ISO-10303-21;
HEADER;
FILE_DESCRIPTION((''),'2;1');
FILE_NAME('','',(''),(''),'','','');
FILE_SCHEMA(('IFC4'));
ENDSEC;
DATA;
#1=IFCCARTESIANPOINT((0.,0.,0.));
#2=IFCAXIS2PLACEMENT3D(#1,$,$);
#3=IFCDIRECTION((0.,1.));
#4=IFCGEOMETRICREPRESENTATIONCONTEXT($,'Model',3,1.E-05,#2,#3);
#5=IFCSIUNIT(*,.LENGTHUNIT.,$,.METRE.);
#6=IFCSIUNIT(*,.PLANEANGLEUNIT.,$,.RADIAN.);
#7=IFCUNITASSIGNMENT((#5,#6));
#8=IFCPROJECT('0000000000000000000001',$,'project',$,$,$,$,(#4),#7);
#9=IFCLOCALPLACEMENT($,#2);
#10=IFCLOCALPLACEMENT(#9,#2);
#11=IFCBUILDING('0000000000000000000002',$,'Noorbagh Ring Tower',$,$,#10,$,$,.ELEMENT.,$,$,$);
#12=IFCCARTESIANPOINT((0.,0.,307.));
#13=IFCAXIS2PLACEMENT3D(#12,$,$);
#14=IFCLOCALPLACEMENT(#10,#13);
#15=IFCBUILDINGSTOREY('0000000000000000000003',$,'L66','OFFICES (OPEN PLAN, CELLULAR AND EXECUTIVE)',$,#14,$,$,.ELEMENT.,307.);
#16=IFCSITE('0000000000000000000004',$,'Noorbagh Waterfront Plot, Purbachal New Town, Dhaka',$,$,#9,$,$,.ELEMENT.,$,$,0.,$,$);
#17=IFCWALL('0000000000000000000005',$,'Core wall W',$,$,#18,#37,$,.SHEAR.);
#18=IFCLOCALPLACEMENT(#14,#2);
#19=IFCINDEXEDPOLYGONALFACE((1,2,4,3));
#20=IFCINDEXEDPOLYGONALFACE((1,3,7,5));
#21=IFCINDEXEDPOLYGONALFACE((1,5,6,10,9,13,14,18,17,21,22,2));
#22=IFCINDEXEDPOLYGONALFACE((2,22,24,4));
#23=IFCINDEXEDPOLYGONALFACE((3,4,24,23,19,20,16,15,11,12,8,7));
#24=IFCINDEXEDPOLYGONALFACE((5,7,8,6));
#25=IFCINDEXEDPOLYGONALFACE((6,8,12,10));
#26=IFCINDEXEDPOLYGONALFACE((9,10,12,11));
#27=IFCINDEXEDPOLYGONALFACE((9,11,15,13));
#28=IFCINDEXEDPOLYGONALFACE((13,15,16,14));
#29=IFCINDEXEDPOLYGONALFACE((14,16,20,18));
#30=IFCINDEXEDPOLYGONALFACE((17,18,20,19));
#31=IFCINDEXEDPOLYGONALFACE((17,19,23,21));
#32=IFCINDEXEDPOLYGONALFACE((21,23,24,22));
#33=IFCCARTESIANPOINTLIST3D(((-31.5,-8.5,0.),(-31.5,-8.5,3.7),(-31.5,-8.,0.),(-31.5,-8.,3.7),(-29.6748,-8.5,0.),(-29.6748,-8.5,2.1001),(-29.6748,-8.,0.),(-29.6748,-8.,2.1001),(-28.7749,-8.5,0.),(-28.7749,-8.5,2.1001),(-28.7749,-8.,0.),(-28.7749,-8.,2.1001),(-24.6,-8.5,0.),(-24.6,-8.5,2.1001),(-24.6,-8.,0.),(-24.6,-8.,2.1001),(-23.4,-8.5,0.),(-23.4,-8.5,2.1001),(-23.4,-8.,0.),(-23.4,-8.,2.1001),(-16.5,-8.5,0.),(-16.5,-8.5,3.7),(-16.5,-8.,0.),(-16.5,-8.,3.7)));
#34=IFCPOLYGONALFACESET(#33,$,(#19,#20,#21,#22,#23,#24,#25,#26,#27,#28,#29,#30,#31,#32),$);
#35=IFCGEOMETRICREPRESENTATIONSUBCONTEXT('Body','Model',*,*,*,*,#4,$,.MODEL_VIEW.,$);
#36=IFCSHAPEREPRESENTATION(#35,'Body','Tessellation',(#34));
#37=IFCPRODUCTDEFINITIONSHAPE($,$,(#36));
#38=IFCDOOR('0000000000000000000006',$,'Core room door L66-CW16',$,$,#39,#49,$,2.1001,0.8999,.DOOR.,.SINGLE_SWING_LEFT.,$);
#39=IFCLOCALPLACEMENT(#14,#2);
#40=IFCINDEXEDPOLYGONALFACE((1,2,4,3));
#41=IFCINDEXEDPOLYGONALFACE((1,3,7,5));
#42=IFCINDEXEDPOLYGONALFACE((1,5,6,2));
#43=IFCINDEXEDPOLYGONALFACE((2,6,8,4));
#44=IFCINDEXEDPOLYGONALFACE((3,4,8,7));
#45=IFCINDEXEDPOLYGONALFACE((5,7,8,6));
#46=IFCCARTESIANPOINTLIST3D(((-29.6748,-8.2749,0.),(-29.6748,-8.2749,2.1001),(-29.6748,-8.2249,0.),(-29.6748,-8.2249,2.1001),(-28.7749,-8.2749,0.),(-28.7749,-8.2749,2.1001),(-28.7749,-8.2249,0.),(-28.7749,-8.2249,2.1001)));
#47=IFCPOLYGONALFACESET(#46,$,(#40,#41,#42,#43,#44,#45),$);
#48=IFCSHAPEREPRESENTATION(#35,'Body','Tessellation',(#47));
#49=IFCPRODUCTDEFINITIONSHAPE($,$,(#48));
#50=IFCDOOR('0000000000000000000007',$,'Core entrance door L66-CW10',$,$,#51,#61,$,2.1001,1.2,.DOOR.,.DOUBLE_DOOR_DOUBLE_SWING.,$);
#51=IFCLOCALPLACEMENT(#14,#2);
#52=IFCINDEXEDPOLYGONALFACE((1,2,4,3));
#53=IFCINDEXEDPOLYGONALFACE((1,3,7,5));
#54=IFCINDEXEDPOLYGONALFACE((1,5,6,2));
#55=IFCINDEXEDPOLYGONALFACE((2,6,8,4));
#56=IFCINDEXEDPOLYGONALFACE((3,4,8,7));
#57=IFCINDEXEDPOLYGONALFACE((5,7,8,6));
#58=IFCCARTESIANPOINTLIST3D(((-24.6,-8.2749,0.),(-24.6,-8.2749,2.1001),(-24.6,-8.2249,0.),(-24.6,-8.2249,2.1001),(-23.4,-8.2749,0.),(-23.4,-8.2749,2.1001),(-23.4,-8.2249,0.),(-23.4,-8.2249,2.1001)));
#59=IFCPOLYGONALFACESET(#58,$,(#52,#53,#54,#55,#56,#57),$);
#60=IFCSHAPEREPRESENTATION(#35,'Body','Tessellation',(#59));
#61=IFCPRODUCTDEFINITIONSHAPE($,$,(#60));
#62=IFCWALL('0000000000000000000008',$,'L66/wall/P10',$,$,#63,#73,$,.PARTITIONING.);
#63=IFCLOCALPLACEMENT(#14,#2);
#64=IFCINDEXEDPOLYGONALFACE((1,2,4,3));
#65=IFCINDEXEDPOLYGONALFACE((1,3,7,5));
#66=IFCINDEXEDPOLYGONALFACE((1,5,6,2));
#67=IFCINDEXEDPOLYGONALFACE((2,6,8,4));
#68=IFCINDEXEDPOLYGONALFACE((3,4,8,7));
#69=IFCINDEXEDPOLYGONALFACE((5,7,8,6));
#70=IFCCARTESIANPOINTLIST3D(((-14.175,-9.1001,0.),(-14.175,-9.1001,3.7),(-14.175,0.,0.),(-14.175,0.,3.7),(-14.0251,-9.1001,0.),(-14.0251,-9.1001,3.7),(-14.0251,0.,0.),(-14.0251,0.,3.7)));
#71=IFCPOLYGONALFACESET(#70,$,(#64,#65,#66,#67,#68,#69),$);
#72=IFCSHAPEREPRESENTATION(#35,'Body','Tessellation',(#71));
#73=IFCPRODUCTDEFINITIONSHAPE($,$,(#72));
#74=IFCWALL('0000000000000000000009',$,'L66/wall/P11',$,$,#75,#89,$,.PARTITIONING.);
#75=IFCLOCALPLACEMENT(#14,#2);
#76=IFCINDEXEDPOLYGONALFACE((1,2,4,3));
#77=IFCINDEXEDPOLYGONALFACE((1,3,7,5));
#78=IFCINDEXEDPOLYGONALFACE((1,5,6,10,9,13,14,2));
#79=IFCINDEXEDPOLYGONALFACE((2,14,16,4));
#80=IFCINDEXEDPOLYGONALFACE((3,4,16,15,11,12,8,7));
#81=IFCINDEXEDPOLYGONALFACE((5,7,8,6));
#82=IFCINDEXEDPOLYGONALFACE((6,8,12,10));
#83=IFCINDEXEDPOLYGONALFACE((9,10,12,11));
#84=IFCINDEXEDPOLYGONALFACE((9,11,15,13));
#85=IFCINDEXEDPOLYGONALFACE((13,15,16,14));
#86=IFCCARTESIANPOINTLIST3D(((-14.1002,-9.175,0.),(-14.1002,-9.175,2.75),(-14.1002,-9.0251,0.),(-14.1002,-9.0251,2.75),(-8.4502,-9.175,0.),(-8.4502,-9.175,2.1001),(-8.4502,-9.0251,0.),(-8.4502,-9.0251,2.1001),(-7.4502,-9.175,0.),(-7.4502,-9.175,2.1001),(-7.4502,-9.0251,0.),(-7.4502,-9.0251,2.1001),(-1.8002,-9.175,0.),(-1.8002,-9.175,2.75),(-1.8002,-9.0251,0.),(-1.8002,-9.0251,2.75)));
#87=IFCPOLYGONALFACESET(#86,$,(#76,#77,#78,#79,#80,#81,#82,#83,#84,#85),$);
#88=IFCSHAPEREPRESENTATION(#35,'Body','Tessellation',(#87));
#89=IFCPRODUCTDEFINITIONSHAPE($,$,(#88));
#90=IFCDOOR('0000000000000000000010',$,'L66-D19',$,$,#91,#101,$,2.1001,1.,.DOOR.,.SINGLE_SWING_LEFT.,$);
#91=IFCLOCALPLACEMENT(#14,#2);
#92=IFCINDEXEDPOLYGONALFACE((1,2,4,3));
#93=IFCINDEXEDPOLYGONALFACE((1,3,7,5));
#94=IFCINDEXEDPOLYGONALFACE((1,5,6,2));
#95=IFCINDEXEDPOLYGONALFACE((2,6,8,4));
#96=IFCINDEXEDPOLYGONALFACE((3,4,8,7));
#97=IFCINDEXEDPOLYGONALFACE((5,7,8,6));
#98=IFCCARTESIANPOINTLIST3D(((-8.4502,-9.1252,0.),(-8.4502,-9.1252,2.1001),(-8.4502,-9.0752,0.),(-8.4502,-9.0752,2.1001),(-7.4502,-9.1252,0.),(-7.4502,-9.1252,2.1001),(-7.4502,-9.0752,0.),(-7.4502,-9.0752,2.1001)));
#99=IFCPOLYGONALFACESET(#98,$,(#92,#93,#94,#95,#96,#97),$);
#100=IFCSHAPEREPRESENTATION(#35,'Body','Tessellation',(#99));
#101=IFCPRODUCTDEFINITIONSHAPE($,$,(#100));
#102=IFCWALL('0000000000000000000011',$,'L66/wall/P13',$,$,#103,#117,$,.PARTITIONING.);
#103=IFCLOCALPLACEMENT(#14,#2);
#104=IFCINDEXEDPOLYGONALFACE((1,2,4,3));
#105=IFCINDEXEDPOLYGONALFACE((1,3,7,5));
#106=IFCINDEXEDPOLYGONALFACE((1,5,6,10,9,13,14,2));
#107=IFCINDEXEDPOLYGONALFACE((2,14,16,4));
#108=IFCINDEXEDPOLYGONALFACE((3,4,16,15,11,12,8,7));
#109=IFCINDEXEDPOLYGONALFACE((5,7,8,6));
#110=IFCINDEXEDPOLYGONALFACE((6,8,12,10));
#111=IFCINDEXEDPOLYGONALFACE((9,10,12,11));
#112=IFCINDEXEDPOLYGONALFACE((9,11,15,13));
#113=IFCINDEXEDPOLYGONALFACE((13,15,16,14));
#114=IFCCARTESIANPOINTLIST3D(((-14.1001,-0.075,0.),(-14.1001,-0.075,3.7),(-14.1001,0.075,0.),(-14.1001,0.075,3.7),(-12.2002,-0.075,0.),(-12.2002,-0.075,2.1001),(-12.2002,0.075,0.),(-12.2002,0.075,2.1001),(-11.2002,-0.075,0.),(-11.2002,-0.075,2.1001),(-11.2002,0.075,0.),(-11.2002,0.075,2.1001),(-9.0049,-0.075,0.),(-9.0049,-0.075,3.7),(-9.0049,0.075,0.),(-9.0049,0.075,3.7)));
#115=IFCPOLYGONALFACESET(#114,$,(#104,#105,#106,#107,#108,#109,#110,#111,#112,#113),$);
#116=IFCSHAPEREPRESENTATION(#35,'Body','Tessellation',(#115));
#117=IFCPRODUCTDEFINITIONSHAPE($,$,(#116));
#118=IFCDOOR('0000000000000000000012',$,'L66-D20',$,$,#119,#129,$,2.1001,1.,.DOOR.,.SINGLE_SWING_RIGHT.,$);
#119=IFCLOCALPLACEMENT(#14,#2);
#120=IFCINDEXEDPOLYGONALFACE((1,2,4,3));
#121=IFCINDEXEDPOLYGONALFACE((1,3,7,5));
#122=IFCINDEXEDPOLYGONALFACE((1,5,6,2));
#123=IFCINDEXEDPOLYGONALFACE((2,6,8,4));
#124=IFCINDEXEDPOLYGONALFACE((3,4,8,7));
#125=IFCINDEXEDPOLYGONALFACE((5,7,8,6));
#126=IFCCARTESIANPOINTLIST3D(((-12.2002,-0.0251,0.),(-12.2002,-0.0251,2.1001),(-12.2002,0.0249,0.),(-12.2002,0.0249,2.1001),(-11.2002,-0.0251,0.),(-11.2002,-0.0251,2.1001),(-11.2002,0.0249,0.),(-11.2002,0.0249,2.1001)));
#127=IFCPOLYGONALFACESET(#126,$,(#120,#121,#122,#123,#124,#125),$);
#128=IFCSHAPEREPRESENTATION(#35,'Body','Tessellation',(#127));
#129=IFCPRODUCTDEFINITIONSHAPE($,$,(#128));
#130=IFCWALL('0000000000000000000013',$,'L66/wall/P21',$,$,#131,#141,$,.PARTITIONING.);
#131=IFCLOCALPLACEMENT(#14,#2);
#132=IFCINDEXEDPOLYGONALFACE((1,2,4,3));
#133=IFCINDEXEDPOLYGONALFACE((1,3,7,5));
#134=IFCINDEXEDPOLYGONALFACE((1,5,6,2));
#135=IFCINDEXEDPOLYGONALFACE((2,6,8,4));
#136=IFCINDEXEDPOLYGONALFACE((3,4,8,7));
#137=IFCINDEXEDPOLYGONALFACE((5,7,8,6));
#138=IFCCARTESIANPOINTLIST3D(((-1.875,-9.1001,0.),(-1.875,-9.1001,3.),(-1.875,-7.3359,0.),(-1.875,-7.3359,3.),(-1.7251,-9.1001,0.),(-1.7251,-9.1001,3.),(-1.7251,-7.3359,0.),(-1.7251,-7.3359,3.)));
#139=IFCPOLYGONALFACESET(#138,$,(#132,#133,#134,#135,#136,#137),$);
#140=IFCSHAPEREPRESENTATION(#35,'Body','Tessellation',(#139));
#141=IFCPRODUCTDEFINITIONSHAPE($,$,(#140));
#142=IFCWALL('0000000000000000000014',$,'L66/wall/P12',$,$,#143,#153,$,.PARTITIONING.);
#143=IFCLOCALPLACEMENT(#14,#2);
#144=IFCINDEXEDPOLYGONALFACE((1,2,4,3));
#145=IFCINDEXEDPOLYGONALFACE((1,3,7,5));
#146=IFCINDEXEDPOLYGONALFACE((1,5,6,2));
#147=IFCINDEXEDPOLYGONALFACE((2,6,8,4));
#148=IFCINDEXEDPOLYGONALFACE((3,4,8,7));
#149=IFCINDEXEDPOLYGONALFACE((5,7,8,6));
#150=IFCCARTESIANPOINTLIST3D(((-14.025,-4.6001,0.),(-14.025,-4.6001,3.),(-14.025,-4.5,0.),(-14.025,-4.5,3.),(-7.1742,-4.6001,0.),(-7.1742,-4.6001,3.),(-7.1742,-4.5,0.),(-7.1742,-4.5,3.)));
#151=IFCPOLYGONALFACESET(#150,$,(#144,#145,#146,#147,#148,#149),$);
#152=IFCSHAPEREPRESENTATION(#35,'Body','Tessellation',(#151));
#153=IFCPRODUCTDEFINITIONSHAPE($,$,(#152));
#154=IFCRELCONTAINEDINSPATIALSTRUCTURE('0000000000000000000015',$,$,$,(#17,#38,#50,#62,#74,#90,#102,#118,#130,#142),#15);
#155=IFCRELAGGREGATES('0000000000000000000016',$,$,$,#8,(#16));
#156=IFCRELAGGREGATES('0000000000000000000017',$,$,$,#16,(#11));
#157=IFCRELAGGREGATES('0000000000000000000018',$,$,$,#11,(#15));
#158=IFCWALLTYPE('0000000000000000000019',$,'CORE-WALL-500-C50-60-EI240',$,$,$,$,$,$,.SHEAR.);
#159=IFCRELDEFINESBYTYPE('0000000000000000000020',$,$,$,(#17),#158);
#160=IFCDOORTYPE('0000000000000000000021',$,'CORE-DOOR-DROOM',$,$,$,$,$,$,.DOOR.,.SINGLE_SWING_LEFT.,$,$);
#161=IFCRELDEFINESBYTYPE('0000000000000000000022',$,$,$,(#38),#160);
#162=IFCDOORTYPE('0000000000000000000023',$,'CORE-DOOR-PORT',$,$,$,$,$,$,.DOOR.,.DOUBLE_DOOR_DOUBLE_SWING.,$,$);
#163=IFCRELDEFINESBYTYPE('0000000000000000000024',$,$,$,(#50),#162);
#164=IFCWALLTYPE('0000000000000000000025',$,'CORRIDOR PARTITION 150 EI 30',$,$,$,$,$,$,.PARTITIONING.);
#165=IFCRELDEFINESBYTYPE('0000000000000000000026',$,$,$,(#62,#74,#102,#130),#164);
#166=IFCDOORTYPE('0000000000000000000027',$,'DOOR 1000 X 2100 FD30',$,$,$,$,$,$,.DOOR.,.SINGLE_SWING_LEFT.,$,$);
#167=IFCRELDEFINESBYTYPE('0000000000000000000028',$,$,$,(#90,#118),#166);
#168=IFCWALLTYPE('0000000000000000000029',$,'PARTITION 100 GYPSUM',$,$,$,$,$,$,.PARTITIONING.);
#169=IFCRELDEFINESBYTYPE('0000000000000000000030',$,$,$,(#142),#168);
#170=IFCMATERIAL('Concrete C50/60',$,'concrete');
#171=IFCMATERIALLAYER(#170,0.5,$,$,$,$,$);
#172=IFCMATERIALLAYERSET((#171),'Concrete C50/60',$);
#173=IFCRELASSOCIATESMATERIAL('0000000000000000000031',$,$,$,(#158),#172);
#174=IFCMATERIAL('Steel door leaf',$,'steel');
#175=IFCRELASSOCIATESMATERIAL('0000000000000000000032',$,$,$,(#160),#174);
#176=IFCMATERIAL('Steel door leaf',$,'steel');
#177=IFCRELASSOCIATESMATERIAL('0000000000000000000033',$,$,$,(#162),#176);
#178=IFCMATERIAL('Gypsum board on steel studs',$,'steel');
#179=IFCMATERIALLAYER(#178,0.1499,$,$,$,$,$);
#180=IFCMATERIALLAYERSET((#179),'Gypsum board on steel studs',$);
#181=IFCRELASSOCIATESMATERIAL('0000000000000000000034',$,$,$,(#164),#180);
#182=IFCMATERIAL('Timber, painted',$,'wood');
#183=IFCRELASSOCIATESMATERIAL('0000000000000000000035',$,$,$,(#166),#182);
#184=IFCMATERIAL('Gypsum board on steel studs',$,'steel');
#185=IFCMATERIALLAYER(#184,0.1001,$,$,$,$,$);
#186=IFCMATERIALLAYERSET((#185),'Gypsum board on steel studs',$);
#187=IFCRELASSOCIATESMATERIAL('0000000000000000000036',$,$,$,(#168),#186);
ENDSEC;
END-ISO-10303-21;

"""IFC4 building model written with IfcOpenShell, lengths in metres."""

from ifc_helpers import new_model, si_unit, direction, frame, frame_2d, origin, place, context, subcontext, project, spatial, rectangle, extrude, material, layer, layer_set, type_object, element, fill, save


model = new_model("IFC4")

# Units and contexts
model_context = context("Model", 3, precision=1e-05, world=origin(), true_north=direction((0.0, 1.0)))
body_context = subcontext(model_context, "Body", "Model", "MODEL_VIEW")
ifc_project = project(units=[si_unit("LENGTHUNIT", "METRE"), si_unit("PLANEANGLEUNIT", "RADIAN")], contexts=[model_context])

# Site, building, storey
site_placement = place(None, origin())
site = spatial("IfcSite", under=ifc_project, at=site_placement, Name="Noorbagh Waterfront Plot, Purbachal New Town, Dhaka", CompositionType="ELEMENT", RefElevation=0.0)
building_placement = place(site_placement, origin())
building = spatial("IfcBuilding", under=site, at=building_placement, Name="Noorbagh Ring Tower", CompositionType="ELEMENT")
storey_placement = place(building_placement, frame((0.0, 0.0, 307.0)))
storey = spatial("IfcBuildingStorey", under=building, at=storey_placement, Name="L66", Description="OFFICES (OPEN PLAN, CELLULAR AND EXECUTIVE)", CompositionType="ELEMENT", Elevation=307.0)

# Wall, openings, doors
ifc_material_1 = material(Name="Concrete C50/60", Category="concrete")
ifc_layer_1 = layer(ifc_material_1, 0.5)
ifc_layer_set_1 = layer_set([ifc_layer_1], Name="Concrete C50/60")
wall_type_1 = type_object("IfcWallType", Name="CORE-WALL-500-C50-60-EI240", PredefinedType="SHEAR", material=ifc_layer_set_1)
wall_1_placement = place(storey_placement, frame((-16.5, -8.25, 0.0), z_axis=(0.0, 0.0, 1.0), x_axis=(-1.0, 0.0, 0.0)))
wall_1 = element("IfcWall", 1, at=wall_1_placement, inside=storey, type_object=wall_type_1, Name="Core wall W", PredefinedType="SHEAR", context=body_context, shape_type="SweptSolid", body=[
    extrude(rectangle(XDim=15.0, YDim=0.5, at=frame_2d((7.5, 0.0))), origin(), (0.0, 0.0, 1.0), 3.7),
])
opening_1_placement = place(wall_1_placement, frame((6.8999, 0.0, 0.0)))
opening_1 = element("IfcOpeningElement", 2, at=opening_1_placement, cuts=wall_1, PredefinedType="OPENING", context=body_context, shape_type="SweptSolid", body=[
    extrude(rectangle(XDim=1.2, YDim=2.1001, at=frame_2d((0.6001, 1.05))), frame((0.0, 0.26, 0.0), z_axis=(0.0, -1.0, 0.0), x_axis=(1.0, 0.0, 0.0)), (0.0, 0.0, 1.0), 0.52),
])
opening_2_placement = place(wall_1_placement, frame((12.2749, 0.0, 0.0)))
opening_2 = element("IfcOpeningElement", 3, at=opening_2_placement, cuts=wall_1, PredefinedType="OPENING", context=body_context, shape_type="SweptSolid", body=[
    extrude(rectangle(XDim=0.8999, YDim=2.1001, at=frame_2d((0.45, 1.05))), frame((0.0, 0.26, 0.0), z_axis=(0.0, -1.0, 0.0), x_axis=(1.0, 0.0, 0.0)), (0.0, 0.0, 1.0), 0.52),
])
ifc_material_2 = material(Name="Steel door leaf", Category="steel")
door_type_1 = type_object("IfcDoorType", Name="CORE-DOOR-DROOM", OperationType="SINGLE_SWING_LEFT", PredefinedType="DOOR", material=ifc_material_2)
door_1_placement = place(opening_2_placement, origin())
door_1 = element("IfcDoor", 4, at=door_1_placement, inside=storey, type_object=door_type_1, Name="Core room door L66-CW16", OperationType="SINGLE_SWING_LEFT", OverallHeight=2.1001, OverallWidth=0.8999, PredefinedType="DOOR", context=body_context, shape_type="SweptSolid", body=[
    extrude(rectangle(XDim=0.8999, YDim=2.1001, at=frame_2d((0.45, 1.05))), frame((0.0, 0.0249, 0.0), z_axis=(0.0, -1.0, 0.0), x_axis=(1.0, 0.0, 0.0)), (0.0, 0.0, 1.0), 0.05),
])
fill(opening_2, door_1)
ifc_material_3 = material(Name="Steel door leaf", Category="steel")
door_type_2 = type_object("IfcDoorType", Name="CORE-DOOR-PORT", OperationType="DOUBLE_DOOR_DOUBLE_SWING", PredefinedType="DOOR", material=ifc_material_3)
door_2_placement = place(opening_1_placement, origin())
door_2 = element("IfcDoor", 5, at=door_2_placement, inside=storey, type_object=door_type_2, Name="Core entrance door L66-CW10", OperationType="DOUBLE_DOOR_DOUBLE_SWING", OverallHeight=2.1001, OverallWidth=1.2, PredefinedType="DOOR", context=body_context, shape_type="SweptSolid", body=[
    extrude(rectangle(XDim=1.2, YDim=2.1001, at=frame_2d((0.6001, 1.05))), frame((0.0, 0.0249, 0.0), z_axis=(0.0, -1.0, 0.0), x_axis=(1.0, 0.0, 0.0)), (0.0, 0.0, 1.0), 0.05),
])
fill(opening_1, door_2)

# Wall
ifc_material_4 = material(Name="Gypsum board on steel studs", Category="steel")
ifc_layer_2 = layer(ifc_material_4, 0.1499)
ifc_layer_set_2 = layer_set([ifc_layer_2], Name="Gypsum board on steel studs")
wall_type_2 = type_object("IfcWallType", Name="CORRIDOR PARTITION 150 EI 30", PredefinedType="PARTITIONING", material=ifc_layer_set_2)
wall_2_placement = place(storey_placement, frame((-14.1001, -9.1001, 0.0), z_axis=(0.0, 0.0, 1.0), x_axis=(0.0, 1.0, 0.0)))
element("IfcWall", 6, at=wall_2_placement, inside=storey, type_object=wall_type_2, Name="L66/wall/P10", PredefinedType="PARTITIONING", context=body_context, shape_type="SweptSolid", body=[
    extrude(rectangle(XDim=9.1001, YDim=0.1499, at=frame_2d((4.55, 0.0))), origin(), (0.0, 0.0, 1.0), 3.7),
])

# Walls, openings, doors
wall_3_placement = place(storey_placement, frame((-14.1001, -9.1001, 0.0), z_axis=(0.0, 0.0, 1.0), x_axis=(1.0, 0.0, 0.0)))
wall_3 = element("IfcWall", 7, at=wall_3_placement, inside=storey, type_object=wall_type_2, Name="L66/wall/P11", PredefinedType="PARTITIONING", context=body_context, shape_type="SweptSolid", body=[
    extrude(rectangle(XDim=12.3, YDim=0.1499, at=frame_2d((6.1499, 0.0))), origin(), (0.0, 0.0, 1.0), 2.75),
])
opening_3_placement = place(wall_3_placement, frame((5.6499, 0.0, 0.0)))
opening_3 = element("IfcOpeningElement", 8, at=opening_3_placement, cuts=wall_3, PredefinedType="OPENING", context=body_context, shape_type="SweptSolid", body=[
    extrude(rectangle(XDim=1.0, YDim=2.1001, at=frame_2d((0.5, 1.05))), frame((0.0, 0.085, 0.0), z_axis=(0.0, -1.0, 0.0), x_axis=(1.0, 0.0, 0.0)), (0.0, 0.0, 1.0), 0.1699),
])
ifc_material_5 = material(Name="Timber, painted", Category="wood")
door_type_3 = type_object("IfcDoorType", Name="DOOR 1000 X 2100 FD30", OperationType="SINGLE_SWING_LEFT", PredefinedType="DOOR", material=ifc_material_5)
door_3_placement = place(opening_3_placement, origin())
door_3 = element("IfcDoor", 9, at=door_3_placement, inside=storey, type_object=door_type_3, Name="L66-D19", OperationType="SINGLE_SWING_LEFT", OverallHeight=2.1001, OverallWidth=1.0, PredefinedType="DOOR", context=body_context, shape_type="SweptSolid", body=[
    extrude(rectangle(XDim=1.0, YDim=2.1001, at=frame_2d((0.5, 1.05))), frame((0.0, 0.0249, 0.0), z_axis=(0.0, -1.0, 0.0), x_axis=(1.0, 0.0, 0.0)), (0.0, 0.0, 1.0), 0.05),
])
fill(opening_3, door_3)
wall_4_placement = place(storey_placement, frame((-14.1001, 0.0, 0.0), z_axis=(0.0, 0.0, 1.0), x_axis=(1.0, 0.0, 0.0)))
wall_4 = element("IfcWall", 10, at=wall_4_placement, inside=storey, type_object=wall_type_2, Name="L66/wall/P13", PredefinedType="PARTITIONING", context=body_context, shape_type="SweptSolid", body=[
    extrude(rectangle(XDim=5.0952, YDim=0.1499, at=frame_2d((2.5476, 0.0))), origin(), (0.0, 0.0, 1.0), 3.7),
])
opening_4_placement = place(wall_4_placement, frame((1.8999, 0.0, 0.0)))
opening_4 = element("IfcOpeningElement", 11, at=opening_4_placement, cuts=wall_4, PredefinedType="OPENING", context=body_context, shape_type="SweptSolid", body=[
    extrude(rectangle(XDim=1.0, YDim=2.1001, at=frame_2d((0.5, 1.05))), frame((0.0, 0.085, 0.0), z_axis=(0.0, -1.0, 0.0), x_axis=(1.0, 0.0, 0.0)), (0.0, 0.0, 1.0), 0.1699),
])
door_4_placement = place(opening_4_placement, origin())
door_4 = element("IfcDoor", 12, at=door_4_placement, inside=storey, type_object=door_type_3, Name="L66-D20", OperationType="SINGLE_SWING_RIGHT", OverallHeight=2.1001, OverallWidth=1.0, PredefinedType="DOOR", context=body_context, shape_type="SweptSolid", body=[
    extrude(rectangle(XDim=1.0, YDim=2.1001, at=frame_2d((0.5, 1.05))), frame((0.0, 0.0249, 0.0), z_axis=(0.0, -1.0, 0.0), x_axis=(1.0, 0.0, 0.0)), (0.0, 0.0, 1.0), 0.05),
])
fill(opening_4, door_4)

# Walls
wall_5_placement = place(storey_placement, frame((-1.8, -9.1001, 0.0), z_axis=(0.0, 0.0, 1.0), x_axis=(0.0, 1.0, 0.0)))
element("IfcWall", 13, at=wall_5_placement, inside=storey, type_object=wall_type_2, Name="L66/wall/P21", PredefinedType="PARTITIONING", context=body_context, shape_type="SweptSolid", body=[
    extrude(rectangle(XDim=1.7642, YDim=0.1499, at=frame_2d((0.8821, 0.0))), origin(), (0.0, 0.0, 1.0), 3.0),
])
ifc_material_6 = material(Name="Gypsum board on steel studs", Category="steel")
ifc_layer_3 = layer(ifc_material_6, 0.1001)
ifc_layer_set_3 = layer_set([ifc_layer_3], Name="Gypsum board on steel studs")
wall_type_3 = type_object("IfcWallType", Name="PARTITION 100 GYPSUM", PredefinedType="PARTITIONING", material=ifc_layer_set_3)
wall_6_placement = place(storey_placement, frame((-14.0249, -4.55, 0.0), z_axis=(0.0, 0.0, 1.0), x_axis=(1.0, 0.0, 0.0)))
element("IfcWall", 14, at=wall_6_placement, inside=storey, type_object=wall_type_3, Name="L66/wall/P12", PredefinedType="PARTITIONING", context=body_context, shape_type="SweptSolid", body=[
    extrude(rectangle(XDim=6.8508, YDim=0.1001, at=frame_2d((3.4253, 0.0))), origin(), (0.0, 0.0, 1.0), 3.0),
])

save(model, "model.ifc")
